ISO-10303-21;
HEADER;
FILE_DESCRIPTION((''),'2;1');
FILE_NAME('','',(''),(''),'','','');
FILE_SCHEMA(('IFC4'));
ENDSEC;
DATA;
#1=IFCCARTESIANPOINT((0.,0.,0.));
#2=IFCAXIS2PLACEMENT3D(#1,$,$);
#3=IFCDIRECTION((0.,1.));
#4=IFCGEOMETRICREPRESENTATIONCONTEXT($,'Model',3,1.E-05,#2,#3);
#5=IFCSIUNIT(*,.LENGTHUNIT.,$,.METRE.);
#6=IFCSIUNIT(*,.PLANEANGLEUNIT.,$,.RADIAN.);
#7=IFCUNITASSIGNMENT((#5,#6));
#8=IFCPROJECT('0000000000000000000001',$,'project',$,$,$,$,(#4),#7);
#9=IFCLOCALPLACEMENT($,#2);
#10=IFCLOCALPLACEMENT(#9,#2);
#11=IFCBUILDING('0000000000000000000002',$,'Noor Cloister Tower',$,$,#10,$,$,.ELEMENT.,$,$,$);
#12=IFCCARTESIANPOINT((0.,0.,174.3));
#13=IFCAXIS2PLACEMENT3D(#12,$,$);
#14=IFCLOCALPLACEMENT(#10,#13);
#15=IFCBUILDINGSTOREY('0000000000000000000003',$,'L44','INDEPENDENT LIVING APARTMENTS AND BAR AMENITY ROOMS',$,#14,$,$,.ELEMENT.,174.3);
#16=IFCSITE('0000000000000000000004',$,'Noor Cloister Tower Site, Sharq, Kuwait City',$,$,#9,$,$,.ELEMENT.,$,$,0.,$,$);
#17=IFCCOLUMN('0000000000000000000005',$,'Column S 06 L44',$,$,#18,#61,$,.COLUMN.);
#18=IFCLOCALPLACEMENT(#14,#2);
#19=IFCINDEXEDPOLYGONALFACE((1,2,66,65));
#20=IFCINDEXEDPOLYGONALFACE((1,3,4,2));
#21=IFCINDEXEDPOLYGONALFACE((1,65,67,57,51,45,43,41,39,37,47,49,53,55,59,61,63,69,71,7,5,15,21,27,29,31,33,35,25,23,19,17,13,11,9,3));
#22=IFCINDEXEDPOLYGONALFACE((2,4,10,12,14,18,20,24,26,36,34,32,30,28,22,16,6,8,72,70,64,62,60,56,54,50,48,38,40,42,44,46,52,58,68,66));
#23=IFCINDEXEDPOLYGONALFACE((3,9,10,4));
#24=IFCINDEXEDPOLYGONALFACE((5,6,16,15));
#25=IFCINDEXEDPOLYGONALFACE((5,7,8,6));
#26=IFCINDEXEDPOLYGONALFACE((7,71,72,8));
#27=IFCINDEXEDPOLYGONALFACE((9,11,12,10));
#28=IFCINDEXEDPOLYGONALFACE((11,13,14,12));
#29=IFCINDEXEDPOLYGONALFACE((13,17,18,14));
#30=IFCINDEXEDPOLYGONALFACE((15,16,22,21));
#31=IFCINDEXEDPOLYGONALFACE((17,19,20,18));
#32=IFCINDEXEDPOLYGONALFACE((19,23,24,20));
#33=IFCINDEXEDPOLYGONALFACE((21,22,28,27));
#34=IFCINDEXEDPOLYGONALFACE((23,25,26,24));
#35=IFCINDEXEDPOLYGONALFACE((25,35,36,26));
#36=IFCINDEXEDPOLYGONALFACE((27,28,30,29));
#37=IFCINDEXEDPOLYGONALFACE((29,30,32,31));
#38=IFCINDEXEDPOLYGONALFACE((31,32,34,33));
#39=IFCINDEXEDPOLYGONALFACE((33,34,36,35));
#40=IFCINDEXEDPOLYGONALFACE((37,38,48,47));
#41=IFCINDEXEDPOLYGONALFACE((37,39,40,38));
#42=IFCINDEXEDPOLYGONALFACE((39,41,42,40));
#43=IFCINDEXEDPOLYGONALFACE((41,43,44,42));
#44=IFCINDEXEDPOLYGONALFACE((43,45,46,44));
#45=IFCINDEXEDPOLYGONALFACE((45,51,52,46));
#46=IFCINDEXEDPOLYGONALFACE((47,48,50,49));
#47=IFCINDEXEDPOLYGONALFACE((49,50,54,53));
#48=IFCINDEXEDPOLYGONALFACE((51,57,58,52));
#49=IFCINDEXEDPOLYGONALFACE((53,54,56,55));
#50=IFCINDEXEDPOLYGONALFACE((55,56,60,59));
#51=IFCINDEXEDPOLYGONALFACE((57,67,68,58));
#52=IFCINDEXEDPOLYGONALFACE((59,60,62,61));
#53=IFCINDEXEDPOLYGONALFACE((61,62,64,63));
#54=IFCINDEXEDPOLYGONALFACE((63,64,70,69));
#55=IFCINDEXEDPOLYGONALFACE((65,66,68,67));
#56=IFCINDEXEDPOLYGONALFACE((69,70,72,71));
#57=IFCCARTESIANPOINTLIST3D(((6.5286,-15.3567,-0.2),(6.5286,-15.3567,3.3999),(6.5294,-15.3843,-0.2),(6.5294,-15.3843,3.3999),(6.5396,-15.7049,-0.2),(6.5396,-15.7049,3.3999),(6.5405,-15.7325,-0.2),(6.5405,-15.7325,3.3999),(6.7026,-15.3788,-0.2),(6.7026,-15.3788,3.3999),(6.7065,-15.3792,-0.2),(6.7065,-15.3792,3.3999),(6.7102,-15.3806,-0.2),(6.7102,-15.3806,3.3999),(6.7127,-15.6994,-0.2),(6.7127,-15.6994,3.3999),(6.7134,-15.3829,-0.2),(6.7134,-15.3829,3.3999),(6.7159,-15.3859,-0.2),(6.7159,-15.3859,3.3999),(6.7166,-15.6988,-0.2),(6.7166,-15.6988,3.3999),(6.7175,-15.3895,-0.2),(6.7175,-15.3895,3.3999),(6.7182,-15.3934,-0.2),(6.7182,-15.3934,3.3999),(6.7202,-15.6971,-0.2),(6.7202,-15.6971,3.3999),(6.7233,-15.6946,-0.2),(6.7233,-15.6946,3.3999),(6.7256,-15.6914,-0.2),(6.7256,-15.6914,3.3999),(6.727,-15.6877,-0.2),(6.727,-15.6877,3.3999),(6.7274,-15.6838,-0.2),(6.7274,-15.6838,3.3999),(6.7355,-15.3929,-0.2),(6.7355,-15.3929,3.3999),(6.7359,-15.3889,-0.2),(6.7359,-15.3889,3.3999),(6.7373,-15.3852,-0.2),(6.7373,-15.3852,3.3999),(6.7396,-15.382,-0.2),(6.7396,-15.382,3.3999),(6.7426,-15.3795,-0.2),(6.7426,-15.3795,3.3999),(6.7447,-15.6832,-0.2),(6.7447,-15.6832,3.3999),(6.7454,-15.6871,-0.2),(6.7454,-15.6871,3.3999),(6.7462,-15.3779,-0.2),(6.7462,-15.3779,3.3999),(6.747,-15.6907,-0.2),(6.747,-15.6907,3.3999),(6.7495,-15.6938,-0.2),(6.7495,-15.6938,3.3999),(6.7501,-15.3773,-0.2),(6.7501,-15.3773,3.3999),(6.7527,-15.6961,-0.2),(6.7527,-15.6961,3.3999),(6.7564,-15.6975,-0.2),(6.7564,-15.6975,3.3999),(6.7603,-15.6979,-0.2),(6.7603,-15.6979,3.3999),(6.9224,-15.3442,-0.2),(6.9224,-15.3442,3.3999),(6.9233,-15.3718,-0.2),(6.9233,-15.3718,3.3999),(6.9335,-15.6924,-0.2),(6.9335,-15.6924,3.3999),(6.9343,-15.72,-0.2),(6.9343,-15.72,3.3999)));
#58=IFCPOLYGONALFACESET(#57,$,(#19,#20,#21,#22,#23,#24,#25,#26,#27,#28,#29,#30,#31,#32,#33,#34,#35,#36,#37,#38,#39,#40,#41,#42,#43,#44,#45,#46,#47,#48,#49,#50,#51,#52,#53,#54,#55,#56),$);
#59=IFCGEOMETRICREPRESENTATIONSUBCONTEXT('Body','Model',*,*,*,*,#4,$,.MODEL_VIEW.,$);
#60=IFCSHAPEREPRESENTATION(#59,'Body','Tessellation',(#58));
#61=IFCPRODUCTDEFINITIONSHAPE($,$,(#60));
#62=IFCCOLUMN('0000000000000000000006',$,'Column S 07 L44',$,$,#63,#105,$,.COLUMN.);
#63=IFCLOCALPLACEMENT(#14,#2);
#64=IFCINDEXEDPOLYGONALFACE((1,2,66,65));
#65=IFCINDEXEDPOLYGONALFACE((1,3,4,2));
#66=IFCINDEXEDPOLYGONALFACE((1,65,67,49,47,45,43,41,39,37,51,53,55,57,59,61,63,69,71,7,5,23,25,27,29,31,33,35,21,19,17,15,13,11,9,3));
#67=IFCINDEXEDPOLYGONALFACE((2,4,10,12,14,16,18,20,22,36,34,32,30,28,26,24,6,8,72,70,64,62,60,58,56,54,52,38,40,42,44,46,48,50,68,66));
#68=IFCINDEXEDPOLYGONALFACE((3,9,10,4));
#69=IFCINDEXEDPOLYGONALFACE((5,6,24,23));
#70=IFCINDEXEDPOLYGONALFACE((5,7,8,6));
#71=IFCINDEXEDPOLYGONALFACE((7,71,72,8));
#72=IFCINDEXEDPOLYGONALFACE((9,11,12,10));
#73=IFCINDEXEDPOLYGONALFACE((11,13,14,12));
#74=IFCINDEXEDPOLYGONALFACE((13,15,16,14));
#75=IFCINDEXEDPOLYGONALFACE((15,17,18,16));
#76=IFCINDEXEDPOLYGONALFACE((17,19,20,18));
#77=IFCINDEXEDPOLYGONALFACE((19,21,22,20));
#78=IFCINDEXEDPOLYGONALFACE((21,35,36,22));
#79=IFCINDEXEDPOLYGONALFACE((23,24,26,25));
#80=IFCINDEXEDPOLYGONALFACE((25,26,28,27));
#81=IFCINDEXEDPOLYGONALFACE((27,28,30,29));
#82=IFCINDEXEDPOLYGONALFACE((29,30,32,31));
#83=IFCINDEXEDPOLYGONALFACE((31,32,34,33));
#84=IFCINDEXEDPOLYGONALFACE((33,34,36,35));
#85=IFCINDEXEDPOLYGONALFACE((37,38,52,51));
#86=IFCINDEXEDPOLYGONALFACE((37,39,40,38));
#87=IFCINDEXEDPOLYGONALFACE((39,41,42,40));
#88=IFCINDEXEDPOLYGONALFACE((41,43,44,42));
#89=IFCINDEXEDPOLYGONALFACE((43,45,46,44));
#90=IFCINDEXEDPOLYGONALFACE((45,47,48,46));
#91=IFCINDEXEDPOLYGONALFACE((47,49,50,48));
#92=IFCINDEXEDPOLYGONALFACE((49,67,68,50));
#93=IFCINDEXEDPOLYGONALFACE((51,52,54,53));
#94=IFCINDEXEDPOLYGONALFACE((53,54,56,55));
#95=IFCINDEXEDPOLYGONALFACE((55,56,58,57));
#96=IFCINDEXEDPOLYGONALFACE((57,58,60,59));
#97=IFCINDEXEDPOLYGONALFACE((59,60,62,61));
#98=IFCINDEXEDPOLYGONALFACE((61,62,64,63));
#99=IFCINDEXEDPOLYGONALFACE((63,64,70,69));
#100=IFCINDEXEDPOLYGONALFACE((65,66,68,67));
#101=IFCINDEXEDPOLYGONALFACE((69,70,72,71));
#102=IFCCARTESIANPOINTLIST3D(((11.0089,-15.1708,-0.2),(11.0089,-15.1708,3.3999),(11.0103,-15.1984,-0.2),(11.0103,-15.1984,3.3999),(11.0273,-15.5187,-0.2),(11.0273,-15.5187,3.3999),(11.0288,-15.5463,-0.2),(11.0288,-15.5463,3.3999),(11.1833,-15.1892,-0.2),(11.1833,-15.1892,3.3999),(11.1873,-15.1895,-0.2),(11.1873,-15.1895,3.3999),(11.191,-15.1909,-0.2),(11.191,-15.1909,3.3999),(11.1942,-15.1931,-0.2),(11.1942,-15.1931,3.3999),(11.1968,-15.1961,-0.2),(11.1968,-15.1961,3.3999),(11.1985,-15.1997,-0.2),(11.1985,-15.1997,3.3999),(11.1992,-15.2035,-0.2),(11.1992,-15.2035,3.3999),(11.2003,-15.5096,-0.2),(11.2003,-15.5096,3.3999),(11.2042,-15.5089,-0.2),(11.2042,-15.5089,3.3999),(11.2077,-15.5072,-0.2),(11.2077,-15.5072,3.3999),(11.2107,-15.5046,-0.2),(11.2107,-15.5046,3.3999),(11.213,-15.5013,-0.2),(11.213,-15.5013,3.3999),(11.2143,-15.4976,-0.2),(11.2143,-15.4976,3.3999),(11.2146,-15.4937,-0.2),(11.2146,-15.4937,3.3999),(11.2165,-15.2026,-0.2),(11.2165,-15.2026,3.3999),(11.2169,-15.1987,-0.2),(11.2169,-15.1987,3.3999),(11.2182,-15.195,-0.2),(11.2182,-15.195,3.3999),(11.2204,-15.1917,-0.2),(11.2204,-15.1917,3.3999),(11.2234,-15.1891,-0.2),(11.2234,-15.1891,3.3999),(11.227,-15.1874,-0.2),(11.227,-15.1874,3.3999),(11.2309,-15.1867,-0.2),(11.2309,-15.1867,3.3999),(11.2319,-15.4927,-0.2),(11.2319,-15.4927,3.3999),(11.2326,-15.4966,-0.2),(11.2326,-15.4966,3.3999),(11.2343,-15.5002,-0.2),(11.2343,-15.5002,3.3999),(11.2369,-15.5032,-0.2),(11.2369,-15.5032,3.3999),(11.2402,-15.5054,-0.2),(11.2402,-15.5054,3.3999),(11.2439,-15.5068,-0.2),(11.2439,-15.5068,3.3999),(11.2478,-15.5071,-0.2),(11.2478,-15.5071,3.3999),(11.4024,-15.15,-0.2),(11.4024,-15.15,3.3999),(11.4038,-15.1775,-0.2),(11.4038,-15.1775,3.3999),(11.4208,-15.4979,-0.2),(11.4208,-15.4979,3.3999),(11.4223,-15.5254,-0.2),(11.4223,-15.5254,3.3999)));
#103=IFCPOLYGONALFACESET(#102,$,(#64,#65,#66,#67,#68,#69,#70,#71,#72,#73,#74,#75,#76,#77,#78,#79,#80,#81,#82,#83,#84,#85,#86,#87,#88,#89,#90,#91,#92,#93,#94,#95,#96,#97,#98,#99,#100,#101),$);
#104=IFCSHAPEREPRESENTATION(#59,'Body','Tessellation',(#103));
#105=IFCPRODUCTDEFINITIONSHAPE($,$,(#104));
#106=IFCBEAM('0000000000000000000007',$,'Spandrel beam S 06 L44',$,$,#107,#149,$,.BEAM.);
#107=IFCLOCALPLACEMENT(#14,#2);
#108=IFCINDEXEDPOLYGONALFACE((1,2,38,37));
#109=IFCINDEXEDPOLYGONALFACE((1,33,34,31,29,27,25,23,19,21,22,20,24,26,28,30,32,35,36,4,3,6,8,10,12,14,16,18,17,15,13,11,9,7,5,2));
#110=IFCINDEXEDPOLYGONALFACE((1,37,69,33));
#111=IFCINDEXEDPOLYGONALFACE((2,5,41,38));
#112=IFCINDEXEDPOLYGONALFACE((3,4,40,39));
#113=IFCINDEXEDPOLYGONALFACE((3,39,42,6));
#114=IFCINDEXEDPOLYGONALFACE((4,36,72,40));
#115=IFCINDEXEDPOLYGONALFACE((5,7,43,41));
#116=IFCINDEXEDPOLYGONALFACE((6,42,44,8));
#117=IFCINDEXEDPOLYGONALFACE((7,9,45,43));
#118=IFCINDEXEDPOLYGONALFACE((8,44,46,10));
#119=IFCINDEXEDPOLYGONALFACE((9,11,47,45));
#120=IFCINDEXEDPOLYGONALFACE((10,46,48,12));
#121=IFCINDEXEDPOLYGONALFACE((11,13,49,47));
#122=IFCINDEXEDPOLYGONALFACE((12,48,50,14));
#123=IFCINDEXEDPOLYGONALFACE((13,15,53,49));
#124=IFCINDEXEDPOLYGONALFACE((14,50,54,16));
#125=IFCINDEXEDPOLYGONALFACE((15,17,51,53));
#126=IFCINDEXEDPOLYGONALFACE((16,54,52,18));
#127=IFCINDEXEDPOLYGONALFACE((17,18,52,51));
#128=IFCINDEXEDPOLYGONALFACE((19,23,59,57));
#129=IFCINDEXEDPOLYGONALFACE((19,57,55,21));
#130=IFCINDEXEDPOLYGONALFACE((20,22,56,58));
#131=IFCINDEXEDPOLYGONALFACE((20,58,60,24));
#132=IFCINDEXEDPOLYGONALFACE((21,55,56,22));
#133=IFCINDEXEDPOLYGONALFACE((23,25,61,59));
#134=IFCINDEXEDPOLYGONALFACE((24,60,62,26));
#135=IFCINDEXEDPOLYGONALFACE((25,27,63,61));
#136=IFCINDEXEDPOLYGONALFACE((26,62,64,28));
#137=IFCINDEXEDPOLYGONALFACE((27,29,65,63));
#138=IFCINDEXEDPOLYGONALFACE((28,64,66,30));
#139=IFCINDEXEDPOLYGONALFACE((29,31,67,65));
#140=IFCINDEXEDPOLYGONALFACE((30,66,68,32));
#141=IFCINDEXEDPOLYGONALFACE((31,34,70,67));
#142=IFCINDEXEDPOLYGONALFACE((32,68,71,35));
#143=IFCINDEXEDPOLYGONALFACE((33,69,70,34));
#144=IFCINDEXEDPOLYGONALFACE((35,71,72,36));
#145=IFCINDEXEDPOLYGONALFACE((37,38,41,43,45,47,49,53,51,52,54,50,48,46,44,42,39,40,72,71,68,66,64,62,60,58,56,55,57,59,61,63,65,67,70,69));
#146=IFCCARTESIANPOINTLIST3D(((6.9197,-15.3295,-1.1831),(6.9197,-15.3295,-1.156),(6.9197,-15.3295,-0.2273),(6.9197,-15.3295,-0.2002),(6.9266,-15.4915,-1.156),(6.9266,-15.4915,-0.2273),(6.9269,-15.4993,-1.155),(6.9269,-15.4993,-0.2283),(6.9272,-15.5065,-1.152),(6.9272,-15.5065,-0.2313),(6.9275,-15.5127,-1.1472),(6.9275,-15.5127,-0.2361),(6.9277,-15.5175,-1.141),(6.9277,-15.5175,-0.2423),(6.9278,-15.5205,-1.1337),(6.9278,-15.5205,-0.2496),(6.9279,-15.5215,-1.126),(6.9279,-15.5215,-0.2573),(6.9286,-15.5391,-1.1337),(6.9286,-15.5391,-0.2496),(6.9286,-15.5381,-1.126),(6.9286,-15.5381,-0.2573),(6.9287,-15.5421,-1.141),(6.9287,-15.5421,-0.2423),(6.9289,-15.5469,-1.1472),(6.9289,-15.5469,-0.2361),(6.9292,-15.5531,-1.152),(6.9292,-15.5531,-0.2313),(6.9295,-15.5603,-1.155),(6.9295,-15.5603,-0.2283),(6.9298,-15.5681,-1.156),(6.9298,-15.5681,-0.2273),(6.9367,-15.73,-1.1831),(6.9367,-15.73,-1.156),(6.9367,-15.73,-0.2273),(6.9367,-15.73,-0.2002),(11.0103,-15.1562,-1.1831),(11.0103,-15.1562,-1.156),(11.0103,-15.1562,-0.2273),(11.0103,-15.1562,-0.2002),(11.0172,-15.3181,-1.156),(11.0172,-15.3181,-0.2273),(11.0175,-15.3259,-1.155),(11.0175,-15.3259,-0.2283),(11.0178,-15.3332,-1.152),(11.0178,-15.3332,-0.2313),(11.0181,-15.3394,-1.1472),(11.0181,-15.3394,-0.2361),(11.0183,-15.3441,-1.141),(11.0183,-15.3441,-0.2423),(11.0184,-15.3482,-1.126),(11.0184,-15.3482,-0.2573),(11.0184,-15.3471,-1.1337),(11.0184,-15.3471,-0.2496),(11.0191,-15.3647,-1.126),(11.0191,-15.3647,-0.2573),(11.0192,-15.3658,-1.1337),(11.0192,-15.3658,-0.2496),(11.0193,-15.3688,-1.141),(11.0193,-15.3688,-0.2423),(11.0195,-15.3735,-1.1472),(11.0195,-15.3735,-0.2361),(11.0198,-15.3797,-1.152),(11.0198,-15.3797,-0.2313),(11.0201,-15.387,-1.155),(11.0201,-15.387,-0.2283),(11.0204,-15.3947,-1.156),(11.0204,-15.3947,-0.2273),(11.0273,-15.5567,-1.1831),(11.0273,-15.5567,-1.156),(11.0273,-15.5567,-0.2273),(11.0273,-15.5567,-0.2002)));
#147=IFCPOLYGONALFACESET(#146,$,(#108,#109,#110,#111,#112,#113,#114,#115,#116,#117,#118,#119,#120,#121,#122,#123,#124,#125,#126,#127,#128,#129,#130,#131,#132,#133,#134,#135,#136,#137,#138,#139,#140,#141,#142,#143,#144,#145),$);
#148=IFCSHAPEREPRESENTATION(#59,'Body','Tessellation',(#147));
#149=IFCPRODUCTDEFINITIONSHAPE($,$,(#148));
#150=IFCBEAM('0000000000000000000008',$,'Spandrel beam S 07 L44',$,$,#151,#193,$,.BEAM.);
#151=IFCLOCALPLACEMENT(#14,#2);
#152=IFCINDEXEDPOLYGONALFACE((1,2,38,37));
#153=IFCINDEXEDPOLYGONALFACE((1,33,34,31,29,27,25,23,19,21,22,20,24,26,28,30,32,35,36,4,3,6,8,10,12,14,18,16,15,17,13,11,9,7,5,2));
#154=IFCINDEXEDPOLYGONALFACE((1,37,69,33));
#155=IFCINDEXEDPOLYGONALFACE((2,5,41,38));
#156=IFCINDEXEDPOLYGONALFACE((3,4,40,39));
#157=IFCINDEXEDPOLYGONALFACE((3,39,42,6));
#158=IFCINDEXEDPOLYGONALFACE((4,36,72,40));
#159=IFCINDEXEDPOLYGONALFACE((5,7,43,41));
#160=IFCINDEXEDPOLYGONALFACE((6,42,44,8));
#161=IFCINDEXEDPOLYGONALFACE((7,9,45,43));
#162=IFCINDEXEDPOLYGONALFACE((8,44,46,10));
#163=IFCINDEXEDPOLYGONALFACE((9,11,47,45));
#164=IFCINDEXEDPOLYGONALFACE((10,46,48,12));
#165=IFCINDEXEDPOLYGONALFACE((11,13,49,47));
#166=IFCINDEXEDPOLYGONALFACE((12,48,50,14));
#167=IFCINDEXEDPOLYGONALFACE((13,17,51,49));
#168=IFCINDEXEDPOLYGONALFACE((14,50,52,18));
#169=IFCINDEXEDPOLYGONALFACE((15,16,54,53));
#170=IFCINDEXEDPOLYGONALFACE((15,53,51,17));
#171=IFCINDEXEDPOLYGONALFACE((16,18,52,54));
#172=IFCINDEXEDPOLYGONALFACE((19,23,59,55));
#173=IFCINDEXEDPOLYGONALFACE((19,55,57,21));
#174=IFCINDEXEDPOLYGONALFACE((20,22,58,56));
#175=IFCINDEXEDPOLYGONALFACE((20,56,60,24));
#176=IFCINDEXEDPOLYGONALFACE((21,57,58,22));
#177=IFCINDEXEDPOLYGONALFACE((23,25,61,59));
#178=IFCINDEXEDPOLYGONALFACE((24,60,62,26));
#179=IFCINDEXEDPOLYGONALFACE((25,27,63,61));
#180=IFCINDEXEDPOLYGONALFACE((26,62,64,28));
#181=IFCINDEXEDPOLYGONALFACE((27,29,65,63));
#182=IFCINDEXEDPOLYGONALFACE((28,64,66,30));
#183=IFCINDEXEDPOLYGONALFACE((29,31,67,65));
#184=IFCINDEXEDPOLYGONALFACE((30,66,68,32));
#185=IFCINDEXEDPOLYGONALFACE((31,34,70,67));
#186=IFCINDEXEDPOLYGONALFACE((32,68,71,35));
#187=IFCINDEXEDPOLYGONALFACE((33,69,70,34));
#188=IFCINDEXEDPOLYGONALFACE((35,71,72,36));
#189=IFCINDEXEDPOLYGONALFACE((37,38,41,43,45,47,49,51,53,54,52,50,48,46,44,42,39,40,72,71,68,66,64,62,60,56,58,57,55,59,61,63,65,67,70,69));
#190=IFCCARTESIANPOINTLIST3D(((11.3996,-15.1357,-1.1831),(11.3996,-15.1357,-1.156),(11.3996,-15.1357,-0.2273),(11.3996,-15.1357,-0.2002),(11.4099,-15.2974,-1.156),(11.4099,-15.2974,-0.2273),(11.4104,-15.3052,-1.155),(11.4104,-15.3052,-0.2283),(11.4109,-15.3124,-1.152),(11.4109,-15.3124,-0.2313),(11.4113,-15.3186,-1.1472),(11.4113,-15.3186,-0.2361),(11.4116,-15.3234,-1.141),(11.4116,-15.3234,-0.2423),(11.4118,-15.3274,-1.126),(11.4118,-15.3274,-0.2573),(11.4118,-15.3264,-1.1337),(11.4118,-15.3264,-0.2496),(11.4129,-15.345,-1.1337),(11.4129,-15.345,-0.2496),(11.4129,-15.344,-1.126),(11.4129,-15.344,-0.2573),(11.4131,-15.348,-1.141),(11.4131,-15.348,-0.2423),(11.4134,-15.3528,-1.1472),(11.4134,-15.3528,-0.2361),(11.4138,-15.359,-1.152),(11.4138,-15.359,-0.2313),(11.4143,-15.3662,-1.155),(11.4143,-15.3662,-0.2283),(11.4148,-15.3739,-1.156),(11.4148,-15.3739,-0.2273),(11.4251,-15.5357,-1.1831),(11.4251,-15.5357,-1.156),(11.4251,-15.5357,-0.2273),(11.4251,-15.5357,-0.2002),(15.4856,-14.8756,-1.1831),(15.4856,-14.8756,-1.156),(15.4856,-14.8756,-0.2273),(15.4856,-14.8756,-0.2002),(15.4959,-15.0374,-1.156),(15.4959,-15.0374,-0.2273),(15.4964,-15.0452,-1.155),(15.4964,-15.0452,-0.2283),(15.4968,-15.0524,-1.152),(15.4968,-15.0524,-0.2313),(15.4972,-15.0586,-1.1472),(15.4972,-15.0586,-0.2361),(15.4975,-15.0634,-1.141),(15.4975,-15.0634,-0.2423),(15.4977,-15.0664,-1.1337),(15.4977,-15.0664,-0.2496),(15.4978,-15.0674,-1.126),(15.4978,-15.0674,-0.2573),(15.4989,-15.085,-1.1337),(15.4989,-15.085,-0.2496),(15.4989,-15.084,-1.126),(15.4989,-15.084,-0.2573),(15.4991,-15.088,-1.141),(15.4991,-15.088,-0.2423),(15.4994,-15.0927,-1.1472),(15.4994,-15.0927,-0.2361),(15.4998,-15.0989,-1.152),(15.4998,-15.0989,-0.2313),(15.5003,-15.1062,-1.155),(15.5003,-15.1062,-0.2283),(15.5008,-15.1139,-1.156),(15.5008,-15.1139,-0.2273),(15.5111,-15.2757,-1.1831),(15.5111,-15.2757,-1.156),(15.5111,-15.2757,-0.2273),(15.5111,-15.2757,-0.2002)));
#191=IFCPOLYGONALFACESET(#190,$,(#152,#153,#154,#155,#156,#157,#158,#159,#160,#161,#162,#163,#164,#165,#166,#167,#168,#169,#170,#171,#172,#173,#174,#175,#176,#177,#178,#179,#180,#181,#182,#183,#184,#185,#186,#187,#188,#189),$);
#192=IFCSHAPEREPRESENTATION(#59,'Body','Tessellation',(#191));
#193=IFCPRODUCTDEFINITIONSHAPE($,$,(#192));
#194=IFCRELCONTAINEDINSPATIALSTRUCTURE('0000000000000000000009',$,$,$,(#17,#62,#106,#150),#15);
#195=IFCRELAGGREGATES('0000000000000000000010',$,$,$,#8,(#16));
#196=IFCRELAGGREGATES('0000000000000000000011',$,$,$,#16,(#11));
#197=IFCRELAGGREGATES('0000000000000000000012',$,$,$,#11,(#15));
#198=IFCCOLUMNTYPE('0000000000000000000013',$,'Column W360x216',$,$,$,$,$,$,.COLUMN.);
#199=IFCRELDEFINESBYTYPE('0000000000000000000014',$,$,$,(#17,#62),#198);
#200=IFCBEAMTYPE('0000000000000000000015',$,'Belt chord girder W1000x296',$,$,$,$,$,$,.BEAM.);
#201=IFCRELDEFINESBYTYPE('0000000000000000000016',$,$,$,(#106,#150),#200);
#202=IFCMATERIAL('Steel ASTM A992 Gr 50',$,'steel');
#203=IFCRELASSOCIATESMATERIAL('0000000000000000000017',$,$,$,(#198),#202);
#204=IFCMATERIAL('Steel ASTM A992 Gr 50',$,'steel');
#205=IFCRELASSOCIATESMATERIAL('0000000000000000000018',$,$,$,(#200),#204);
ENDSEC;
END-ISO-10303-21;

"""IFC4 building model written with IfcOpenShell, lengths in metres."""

from ifc_helpers import new_model, si_unit, direction, frame, origin, origin_2d, place, context, subcontext, project, spatial, i_section, extrude, material, material_profile, profile_set, type_object, element, save


model = new_model("IFC4")

# Units and contexts
model_context = context("Model", 3, precision=1e-05, world=origin(), true_north=direction((0.0, 1.0)))
body_context = subcontext(model_context, "Body", "Model", "MODEL_VIEW")
ifc_project = project(units=[si_unit("LENGTHUNIT", "METRE"), si_unit("PLANEANGLEUNIT", "RADIAN")], contexts=[model_context])

# Site, building, storey
site_placement = place(None, origin())
site = spatial("IfcSite", under=ifc_project, at=site_placement, Name="Noor Cloister Tower Site, Sharq, Kuwait City", CompositionType="ELEMENT", RefElevation=0.0)
building_placement = place(site_placement, origin())
building = spatial("IfcBuilding", under=site, at=building_placement, Name="Noor Cloister Tower", CompositionType="ELEMENT")
storey_placement = place(building_placement, frame((0.0, 0.0, 174.3)))
storey = spatial("IfcBuildingStorey", under=building, at=storey_placement, Name="L44", Description="INDEPENDENT LIVING APARTMENTS AND BAR AMENITY ROOMS", CompositionType="ELEMENT", Elevation=174.3)

# Columns
ifc_material_1 = material(Name="Steel ASTM A992 Gr 50", Category="steel")
ifc_material_profile_1 = material_profile(ifc_material_1, i_section(OverallWidth=0.394, OverallDepth=0.376, WebThickness=0.0173, FlangeThickness=0.0276, FilletRadius=0.0151, at=origin_2d()), Name="W360x216")
ifc_profile_set_1 = profile_set([ifc_material_profile_1], Name="Steel ASTM A992 Gr 50")
column_type = type_object("IfcColumnType", Name="Column W360x216", PredefinedType="COLUMN", material=ifc_profile_set_1)
for number, where, z_axis, x_axis, name in (
    (1, (6.7314, -15.5383, -0.2), (0.0, 0.0, 1.0), (0.999495, 0.031767, 0.0), "Column S 06 L44"),
    (2, (11.2156, -15.3481, -0.2), (0.0, 0.0, 1.0), (0.998598, 0.052929, 0.0), "Column S 07 L44"),
):
    element("IfcColumn", number, at=place(storey_placement, frame(where, z_axis=z_axis, x_axis=x_axis)), inside=storey, type_object=column_type, Name=name, PredefinedType="COLUMN", context=body_context, shape_type="SweptSolid", body=[
        extrude(i_section(OverallWidth=0.394, OverallDepth=0.376, WebThickness=0.0173, FlangeThickness=0.0276, FilletRadius=0.0151, at=origin_2d()), origin(), (0.0, 0.0, 1.0), 3.5999),
    ])

# Beams
ifc_material_2 = material(Name="Steel ASTM A992 Gr 50", Category="steel")
ifc_material_profile_2 = material_profile(ifc_material_2, i_section(OverallWidth=0.4009, OverallDepth=0.9829, WebThickness=0.0166, FlangeThickness=0.0271, FilletRadius=0.03, at=origin_2d()), Name="W1000x296")
ifc_profile_set_2 = profile_set([ifc_material_profile_2], Name="Steel ASTM A992 Gr 50")
beam_type_1 = type_object("IfcBeamType", Name="Belt chord girder W1000x296", PredefinedType="BEAM", material=ifc_profile_set_2)
for number, where, z_axis, x_axis, name in (
    (3, (6.9282, -15.5298, -0.6917), (0.999103, 0.042337, 0.0), (-0.042337, 0.999103, 0.0), "Spandrel beam S 06 L44"),
    (4, (11.4124, -15.3357, -0.6917), (0.997981, 0.063507, 0.0), (-0.063507, 0.997981, 0.0), "Spandrel beam S 07 L44"),
):
    element("IfcBeam", number, at=place(storey_placement, frame(where, z_axis=z_axis, x_axis=x_axis)), inside=storey, type_object=beam_type_1, Name=name, PredefinedType="BEAM", context=body_context, shape_type="SweptSolid", body=[
        extrude(i_section(OverallWidth=0.4009, OverallDepth=0.9829, WebThickness=0.0166, FlangeThickness=0.0271, FilletRadius=0.03, at=origin_2d()), origin(), (0.0, 0.0, 1.0), 4.0942),
    ])

save(model, "model.ifc")
